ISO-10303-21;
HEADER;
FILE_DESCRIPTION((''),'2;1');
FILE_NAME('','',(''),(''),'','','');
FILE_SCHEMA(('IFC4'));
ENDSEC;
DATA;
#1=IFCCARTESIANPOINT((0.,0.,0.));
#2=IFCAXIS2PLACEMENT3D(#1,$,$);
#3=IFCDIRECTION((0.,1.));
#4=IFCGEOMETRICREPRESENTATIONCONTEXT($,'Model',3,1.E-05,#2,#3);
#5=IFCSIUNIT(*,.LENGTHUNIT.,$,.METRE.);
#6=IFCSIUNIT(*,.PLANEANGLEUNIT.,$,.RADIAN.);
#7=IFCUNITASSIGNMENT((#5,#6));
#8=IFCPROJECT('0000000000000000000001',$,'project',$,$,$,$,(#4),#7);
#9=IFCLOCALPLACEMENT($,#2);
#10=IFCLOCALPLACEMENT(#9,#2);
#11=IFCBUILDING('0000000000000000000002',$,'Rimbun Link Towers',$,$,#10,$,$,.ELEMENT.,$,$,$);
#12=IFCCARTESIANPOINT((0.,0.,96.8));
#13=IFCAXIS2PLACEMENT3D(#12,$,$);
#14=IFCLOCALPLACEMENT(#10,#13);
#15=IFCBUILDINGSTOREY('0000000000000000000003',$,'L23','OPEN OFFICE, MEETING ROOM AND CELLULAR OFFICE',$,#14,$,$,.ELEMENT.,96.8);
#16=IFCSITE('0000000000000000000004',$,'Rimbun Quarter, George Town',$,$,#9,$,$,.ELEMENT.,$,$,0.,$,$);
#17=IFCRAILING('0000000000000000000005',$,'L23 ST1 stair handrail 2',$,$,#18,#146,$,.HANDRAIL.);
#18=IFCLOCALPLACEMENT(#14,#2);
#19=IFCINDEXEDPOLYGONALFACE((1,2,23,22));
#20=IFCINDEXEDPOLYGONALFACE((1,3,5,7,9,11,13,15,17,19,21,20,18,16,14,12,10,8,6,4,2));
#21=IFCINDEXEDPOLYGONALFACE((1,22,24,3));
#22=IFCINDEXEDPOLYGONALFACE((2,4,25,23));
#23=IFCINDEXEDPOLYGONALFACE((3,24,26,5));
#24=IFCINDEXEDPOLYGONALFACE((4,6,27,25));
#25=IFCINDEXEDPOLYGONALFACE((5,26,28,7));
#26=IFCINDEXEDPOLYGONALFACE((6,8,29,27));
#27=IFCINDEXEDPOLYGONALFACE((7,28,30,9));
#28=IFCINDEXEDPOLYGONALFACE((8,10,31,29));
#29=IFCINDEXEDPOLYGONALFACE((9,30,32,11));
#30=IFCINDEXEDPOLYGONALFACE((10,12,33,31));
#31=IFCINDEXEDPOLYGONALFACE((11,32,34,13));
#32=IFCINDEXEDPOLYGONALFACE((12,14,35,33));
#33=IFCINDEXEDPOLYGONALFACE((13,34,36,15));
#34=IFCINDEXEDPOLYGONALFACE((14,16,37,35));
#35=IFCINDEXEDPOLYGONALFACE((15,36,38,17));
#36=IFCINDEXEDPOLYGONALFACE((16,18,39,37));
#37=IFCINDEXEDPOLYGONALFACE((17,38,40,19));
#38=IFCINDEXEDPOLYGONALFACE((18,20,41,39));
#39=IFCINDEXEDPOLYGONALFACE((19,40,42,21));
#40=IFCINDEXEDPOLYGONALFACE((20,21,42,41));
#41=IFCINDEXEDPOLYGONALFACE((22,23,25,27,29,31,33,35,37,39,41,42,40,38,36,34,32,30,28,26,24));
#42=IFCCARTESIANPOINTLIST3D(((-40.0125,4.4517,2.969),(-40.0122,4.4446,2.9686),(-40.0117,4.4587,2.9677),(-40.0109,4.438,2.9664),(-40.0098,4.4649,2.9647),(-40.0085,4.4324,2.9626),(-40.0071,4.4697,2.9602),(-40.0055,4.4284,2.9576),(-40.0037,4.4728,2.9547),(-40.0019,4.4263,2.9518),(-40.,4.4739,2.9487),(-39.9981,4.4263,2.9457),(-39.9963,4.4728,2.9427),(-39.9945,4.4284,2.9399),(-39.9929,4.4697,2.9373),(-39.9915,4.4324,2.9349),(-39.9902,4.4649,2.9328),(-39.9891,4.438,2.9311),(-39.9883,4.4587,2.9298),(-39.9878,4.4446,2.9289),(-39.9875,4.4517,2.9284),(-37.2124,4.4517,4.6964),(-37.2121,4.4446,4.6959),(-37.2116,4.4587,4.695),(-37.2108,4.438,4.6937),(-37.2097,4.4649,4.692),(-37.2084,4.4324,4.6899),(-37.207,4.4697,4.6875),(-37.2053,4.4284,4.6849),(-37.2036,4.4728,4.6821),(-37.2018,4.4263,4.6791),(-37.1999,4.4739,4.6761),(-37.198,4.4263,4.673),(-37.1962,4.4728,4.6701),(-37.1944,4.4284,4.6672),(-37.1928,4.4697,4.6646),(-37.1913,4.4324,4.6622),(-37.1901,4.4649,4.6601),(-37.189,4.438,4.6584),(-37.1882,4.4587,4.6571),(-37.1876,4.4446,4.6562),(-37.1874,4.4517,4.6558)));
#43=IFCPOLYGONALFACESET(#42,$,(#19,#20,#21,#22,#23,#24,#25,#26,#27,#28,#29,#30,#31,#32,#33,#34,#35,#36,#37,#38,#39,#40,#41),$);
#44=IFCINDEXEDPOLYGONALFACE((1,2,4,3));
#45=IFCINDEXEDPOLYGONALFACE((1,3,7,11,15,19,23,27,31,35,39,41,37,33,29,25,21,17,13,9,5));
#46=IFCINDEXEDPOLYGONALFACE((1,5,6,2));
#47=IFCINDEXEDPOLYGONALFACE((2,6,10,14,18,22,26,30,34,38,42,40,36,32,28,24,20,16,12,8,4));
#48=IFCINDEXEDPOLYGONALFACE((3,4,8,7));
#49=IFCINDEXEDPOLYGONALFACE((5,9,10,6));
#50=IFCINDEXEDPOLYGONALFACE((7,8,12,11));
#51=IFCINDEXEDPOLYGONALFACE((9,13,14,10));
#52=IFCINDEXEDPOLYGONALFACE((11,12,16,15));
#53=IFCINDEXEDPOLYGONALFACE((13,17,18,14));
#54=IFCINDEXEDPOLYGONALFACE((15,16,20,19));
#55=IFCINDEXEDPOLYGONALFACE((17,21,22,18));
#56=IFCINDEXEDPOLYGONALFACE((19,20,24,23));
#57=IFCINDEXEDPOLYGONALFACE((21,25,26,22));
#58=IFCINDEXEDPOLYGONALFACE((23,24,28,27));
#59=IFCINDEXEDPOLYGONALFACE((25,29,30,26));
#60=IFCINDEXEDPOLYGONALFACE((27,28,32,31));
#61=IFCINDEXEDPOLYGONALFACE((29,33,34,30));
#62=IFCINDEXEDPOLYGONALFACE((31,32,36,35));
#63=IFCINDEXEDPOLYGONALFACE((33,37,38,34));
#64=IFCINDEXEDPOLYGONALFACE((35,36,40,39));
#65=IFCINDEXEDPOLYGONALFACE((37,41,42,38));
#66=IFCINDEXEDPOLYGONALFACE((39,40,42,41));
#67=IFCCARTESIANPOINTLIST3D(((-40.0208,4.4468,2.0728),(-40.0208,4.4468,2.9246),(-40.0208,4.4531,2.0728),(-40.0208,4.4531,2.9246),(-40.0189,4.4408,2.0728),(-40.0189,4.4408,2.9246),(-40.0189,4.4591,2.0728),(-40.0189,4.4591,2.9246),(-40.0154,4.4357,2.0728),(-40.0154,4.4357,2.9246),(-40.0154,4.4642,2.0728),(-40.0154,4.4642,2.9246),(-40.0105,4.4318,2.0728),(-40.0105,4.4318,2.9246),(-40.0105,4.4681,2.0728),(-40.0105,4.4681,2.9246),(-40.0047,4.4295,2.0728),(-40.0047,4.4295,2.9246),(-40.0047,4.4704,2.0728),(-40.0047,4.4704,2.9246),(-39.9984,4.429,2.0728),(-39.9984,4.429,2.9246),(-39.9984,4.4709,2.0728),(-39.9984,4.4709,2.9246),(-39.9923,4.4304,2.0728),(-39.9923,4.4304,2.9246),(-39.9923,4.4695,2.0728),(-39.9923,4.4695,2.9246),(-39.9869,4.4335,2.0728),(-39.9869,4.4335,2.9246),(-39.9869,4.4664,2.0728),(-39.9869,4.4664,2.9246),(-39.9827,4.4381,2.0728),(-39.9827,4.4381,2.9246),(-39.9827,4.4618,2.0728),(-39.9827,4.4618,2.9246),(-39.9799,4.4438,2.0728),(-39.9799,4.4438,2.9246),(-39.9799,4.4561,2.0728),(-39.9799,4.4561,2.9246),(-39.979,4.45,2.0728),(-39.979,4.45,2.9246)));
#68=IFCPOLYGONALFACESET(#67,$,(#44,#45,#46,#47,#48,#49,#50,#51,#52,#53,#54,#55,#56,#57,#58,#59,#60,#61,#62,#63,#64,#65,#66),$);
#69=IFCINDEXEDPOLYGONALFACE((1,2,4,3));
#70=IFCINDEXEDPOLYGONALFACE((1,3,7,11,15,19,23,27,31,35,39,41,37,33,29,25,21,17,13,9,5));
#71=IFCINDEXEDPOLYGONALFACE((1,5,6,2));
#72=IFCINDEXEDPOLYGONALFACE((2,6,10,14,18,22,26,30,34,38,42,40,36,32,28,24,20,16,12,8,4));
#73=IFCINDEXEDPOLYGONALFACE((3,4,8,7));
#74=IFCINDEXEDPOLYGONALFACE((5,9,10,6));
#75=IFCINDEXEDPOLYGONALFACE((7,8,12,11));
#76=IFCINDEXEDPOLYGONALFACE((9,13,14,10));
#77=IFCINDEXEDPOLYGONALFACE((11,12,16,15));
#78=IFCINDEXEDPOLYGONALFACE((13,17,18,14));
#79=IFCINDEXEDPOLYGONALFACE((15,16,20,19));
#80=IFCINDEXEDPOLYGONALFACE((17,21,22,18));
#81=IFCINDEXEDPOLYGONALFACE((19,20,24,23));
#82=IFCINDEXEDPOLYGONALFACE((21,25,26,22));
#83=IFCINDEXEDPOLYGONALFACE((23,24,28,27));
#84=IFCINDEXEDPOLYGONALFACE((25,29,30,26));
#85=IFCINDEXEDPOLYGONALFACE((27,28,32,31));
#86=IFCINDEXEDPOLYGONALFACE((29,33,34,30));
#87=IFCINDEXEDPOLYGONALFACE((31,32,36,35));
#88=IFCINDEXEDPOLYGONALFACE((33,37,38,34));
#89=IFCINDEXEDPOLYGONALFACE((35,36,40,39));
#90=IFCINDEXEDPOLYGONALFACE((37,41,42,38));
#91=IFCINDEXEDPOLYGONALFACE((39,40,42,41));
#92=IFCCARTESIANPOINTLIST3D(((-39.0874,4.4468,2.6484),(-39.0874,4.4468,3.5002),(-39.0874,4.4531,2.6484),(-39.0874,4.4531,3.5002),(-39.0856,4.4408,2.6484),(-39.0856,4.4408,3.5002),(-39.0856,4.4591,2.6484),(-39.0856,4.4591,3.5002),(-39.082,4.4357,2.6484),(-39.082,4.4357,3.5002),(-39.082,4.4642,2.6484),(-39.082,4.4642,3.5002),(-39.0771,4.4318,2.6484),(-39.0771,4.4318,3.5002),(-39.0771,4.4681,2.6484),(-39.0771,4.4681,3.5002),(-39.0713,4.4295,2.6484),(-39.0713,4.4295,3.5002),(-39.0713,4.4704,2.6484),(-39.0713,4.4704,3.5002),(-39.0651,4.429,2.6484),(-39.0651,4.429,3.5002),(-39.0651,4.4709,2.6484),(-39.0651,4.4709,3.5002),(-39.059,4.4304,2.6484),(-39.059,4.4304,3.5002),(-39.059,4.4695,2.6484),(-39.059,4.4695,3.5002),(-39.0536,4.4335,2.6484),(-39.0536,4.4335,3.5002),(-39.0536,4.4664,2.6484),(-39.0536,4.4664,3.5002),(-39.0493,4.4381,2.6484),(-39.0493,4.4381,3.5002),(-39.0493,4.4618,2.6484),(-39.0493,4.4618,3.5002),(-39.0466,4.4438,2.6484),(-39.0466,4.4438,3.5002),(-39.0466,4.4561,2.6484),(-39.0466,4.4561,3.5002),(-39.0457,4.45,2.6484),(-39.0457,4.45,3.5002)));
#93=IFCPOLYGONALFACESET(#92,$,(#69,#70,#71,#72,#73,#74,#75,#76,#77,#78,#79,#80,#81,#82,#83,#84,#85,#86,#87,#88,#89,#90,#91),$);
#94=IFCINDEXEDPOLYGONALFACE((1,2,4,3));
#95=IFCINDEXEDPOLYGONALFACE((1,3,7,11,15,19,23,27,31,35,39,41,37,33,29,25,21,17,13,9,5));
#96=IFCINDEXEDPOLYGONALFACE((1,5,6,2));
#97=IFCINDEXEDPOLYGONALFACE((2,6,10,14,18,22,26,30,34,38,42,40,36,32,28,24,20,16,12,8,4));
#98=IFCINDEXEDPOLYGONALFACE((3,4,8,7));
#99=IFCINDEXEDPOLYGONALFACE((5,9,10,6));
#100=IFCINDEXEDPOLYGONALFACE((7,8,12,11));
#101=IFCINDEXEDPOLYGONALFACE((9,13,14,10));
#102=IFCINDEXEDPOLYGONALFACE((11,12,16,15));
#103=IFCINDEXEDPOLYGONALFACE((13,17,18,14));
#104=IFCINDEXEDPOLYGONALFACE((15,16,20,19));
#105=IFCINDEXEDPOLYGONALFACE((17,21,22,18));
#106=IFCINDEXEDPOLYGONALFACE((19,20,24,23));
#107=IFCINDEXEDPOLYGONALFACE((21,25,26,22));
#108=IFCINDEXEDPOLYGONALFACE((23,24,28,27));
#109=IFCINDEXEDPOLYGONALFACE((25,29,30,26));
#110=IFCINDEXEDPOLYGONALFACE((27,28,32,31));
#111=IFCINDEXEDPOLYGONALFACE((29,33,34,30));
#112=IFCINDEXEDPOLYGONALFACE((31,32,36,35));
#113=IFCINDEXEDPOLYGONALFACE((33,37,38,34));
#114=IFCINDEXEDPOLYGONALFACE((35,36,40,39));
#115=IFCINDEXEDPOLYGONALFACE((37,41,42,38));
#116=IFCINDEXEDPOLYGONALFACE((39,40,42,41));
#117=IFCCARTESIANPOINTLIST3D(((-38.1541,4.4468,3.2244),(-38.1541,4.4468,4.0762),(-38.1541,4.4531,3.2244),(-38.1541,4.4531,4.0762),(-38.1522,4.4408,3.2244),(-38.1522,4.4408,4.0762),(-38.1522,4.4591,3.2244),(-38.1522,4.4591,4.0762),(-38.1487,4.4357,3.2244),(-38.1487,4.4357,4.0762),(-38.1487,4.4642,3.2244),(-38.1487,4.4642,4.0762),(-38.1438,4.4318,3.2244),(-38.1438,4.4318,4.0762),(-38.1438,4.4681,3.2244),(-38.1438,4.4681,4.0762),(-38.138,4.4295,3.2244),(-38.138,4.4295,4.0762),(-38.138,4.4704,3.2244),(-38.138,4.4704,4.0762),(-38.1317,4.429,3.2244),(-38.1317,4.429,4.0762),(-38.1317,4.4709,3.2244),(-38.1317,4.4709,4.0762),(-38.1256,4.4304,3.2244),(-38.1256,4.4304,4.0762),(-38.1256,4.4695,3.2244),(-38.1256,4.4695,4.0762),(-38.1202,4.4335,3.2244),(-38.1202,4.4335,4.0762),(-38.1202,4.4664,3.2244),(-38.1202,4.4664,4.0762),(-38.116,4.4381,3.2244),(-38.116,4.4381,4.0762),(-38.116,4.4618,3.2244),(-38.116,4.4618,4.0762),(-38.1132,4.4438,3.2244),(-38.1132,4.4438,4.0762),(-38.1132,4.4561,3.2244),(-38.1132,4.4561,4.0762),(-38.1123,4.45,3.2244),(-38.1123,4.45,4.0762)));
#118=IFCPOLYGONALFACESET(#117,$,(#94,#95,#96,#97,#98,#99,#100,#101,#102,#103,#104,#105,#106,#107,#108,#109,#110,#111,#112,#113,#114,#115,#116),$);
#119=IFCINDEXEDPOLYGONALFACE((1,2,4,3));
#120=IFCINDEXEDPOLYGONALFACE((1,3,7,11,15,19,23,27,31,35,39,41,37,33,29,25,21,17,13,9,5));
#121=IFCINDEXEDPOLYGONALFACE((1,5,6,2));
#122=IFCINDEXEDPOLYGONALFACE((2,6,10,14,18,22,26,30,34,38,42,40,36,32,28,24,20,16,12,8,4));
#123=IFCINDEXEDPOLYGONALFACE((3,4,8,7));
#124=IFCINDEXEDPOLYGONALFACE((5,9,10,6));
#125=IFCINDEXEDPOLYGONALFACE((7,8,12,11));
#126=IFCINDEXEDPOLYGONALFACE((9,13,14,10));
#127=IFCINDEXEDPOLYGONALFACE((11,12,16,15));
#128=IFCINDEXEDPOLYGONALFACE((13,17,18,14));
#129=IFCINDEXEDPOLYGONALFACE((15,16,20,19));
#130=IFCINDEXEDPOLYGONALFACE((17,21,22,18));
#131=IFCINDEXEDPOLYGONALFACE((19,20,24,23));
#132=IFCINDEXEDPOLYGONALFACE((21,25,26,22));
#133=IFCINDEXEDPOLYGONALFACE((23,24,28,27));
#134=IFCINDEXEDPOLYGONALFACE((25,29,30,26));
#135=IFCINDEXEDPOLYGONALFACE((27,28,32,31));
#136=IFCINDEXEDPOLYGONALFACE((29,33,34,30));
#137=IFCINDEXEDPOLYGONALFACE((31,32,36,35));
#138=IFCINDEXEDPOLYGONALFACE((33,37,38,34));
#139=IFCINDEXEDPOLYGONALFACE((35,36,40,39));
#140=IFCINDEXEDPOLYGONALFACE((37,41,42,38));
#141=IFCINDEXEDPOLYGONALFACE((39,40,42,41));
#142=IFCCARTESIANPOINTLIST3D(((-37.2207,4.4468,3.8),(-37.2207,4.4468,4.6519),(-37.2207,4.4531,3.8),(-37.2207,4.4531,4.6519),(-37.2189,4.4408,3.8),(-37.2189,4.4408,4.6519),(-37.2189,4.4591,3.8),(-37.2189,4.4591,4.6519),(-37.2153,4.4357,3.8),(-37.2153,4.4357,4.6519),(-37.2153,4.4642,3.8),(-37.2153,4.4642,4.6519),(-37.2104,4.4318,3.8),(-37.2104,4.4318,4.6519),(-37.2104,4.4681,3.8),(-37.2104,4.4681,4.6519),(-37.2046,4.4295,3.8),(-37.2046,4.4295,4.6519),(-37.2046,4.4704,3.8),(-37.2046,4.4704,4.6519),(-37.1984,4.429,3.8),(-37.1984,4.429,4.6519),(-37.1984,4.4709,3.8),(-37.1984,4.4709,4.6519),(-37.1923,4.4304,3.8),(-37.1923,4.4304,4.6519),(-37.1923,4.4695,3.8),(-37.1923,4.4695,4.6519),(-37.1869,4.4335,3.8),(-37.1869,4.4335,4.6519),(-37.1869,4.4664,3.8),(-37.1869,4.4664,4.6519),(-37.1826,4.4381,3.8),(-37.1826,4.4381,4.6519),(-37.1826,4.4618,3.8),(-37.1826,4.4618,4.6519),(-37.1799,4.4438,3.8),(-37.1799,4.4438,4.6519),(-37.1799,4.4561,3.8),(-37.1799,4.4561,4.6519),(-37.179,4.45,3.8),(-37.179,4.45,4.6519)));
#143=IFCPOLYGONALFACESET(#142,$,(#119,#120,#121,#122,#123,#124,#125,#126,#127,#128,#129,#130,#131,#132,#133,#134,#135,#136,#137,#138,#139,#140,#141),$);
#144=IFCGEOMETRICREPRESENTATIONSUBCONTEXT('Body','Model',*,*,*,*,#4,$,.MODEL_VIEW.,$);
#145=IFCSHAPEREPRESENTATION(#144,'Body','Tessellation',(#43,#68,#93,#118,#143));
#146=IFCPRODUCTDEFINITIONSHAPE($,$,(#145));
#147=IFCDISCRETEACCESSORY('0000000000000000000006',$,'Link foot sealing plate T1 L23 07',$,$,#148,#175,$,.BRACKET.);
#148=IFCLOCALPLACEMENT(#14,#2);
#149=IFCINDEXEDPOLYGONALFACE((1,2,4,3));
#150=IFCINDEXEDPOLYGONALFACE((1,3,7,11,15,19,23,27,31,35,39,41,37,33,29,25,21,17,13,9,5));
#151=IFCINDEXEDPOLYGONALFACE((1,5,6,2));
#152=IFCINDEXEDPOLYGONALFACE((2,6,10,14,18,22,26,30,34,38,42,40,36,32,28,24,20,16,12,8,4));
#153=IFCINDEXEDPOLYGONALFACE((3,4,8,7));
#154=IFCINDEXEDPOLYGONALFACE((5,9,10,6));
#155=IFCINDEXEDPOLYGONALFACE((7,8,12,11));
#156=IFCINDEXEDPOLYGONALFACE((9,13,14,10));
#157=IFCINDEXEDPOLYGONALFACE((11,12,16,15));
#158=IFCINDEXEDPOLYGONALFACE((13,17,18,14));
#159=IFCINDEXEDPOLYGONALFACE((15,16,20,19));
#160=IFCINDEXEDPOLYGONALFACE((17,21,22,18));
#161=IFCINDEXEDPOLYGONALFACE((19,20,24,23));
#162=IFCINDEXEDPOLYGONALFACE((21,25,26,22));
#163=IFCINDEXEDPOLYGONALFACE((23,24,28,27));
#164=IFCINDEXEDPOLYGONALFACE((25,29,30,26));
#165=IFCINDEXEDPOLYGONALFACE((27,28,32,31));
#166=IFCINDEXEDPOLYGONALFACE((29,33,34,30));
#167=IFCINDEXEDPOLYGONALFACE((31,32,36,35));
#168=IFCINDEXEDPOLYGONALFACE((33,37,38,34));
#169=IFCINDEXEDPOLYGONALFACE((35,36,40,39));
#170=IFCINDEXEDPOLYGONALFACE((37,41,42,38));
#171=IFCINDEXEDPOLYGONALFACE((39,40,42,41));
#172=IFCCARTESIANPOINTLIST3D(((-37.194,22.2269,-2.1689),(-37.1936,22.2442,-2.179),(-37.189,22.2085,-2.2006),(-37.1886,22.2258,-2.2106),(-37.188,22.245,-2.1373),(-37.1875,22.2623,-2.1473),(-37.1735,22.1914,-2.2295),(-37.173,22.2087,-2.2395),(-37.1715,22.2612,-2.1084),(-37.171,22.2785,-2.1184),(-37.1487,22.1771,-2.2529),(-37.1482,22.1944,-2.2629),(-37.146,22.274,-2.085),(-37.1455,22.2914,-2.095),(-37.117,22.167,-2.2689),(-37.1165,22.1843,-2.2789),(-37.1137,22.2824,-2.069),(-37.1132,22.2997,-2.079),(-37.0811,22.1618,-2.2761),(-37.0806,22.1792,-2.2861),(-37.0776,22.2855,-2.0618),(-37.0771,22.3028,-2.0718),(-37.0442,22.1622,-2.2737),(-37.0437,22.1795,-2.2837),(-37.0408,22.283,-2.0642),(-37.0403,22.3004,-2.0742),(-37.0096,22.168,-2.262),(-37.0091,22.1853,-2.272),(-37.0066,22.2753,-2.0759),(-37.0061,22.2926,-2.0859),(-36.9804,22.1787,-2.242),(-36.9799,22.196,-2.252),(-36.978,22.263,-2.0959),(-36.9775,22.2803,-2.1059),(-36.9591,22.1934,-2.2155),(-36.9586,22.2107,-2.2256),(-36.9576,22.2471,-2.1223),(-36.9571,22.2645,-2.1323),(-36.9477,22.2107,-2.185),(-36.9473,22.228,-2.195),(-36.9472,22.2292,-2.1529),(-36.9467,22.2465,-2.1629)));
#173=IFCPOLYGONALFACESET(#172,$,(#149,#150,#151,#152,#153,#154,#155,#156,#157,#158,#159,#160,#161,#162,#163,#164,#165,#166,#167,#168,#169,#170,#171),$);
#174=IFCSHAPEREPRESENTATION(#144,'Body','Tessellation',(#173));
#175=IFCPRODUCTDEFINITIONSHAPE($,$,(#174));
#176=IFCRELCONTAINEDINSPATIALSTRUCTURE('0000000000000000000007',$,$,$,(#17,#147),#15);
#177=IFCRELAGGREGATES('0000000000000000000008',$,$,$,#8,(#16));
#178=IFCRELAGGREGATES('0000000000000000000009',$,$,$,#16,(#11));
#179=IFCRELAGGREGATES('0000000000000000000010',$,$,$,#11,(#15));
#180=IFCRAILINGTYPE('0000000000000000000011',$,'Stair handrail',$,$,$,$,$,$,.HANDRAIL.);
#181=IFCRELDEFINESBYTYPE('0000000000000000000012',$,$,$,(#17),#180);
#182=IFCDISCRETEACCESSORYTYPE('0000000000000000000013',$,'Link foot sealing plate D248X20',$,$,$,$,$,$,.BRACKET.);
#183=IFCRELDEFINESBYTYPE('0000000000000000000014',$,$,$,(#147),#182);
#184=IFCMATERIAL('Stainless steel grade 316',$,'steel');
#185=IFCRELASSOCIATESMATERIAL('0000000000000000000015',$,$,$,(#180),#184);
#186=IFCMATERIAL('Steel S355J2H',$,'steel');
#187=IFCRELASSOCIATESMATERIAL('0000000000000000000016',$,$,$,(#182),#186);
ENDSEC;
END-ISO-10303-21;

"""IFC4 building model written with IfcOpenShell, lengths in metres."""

from ifc_helpers import new_model, si_unit, direction, frame, origin, origin_2d, place, context, subcontext, project, spatial, circle, extrude, material, material_profile, profile_set, type_object, element, save


model = new_model("IFC4")

# Units and contexts
model_context = context("Model", 3, precision=1e-05, world=origin(), true_north=direction((0.0, 1.0)))
body_context = subcontext(model_context, "Body", "Model", "MODEL_VIEW")
ifc_project = project(units=[si_unit("LENGTHUNIT", "METRE"), si_unit("PLANEANGLEUNIT", "RADIAN")], contexts=[model_context])

# Site, building, storey
site_placement = place(None, origin())
site = spatial("IfcSite", under=ifc_project, at=site_placement, Name="Rimbun Quarter, George Town", CompositionType="ELEMENT", RefElevation=0.0)
building_placement = place(site_placement, origin())
building = spatial("IfcBuilding", under=site, at=building_placement, Name="Rimbun Link Towers", CompositionType="ELEMENT")
storey_placement = place(building_placement, frame((0.0, 0.0, 96.8)))
storey = spatial("IfcBuildingStorey", under=building, at=storey_placement, Name="L23", Description="OPEN OFFICE, MEETING ROOM AND CELLULAR OFFICE", CompositionType="ELEMENT", Elevation=96.8)

# Railing
ifc_material_1 = material(Name="Stainless steel grade 316", Category="steel")
railing_type_1 = type_object("IfcRailingType", Name="Stair handrail", PredefinedType="HANDRAIL", material=ifc_material_1)
railing_1_placement = place(storey_placement, frame((-40.0, 4.45, 2.0728)))
element("IfcRailing", 1, at=railing_1_placement, inside=storey, type_object=railing_type_1, Name="L23 ST1 stair handrail 2", PredefinedType="HANDRAIL", context=body_context, shape_type="SweptSolid", body=[
    extrude(circle(Radius=0.0239, at=origin_2d()), frame((0.0, 0.0, 0.876), z_axis=(0.85109, 0.0, 0.52502), x_axis=(0.0, 1.0, 0.0)), (0.0, 0.0, 1.0), 3.29),
    extrude(circle(Radius=0.021, at=origin_2d()), origin(), (0.0, 0.0, 1.0), 0.8518),
    extrude(circle(Radius=0.021, at=origin_2d()), frame((0.9333, 0.0, 0.5757)), (0.0, 0.0, 1.0), 0.8518),
    extrude(circle(Radius=0.021, at=origin_2d()), frame((1.8667, 0.0, 1.1516)), (0.0, 0.0, 1.0), 0.8518),
    extrude(circle(Radius=0.021, at=origin_2d()), frame((2.8, 0.0, 1.7273)), (0.0, 0.0, 1.0), 0.8518),
])

# Discrete accessory
ifc_material_2 = material(Name="Steel S355J2H", Category="steel")
ifc_material_profile_1 = material_profile(ifc_material_2, circle(Radius=0.124, at=origin_2d()), Name="PL D248")
ifc_profile_set_1 = profile_set([ifc_material_profile_1], Name="Steel S355J2H")
discrete_accessory_type = type_object("IfcDiscreteAccessoryType", Name="Link foot sealing plate D248X20", PredefinedType="BRACKET", material=ifc_profile_set_1)
discrete_accessory_placement = place(storey_placement, frame((-37.0701, 22.2234, -2.1689), z_axis=(0.024387, 0.865725, -0.499926), x_axis=(-0.999603, 0.028158, 0.0)))
element("IfcDiscreteAccessory", 2, at=discrete_accessory_placement, inside=storey, type_object=discrete_accessory_type, Name="Link foot sealing plate T1 L23 07", PredefinedType="BRACKET", context=body_context, shape_type="SweptSolid", body=[
    extrude(circle(Radius=0.124, at=origin_2d()), origin(), (0.0, 0.0, 1.0), 0.02),
])

save(model, "model.ifc")
